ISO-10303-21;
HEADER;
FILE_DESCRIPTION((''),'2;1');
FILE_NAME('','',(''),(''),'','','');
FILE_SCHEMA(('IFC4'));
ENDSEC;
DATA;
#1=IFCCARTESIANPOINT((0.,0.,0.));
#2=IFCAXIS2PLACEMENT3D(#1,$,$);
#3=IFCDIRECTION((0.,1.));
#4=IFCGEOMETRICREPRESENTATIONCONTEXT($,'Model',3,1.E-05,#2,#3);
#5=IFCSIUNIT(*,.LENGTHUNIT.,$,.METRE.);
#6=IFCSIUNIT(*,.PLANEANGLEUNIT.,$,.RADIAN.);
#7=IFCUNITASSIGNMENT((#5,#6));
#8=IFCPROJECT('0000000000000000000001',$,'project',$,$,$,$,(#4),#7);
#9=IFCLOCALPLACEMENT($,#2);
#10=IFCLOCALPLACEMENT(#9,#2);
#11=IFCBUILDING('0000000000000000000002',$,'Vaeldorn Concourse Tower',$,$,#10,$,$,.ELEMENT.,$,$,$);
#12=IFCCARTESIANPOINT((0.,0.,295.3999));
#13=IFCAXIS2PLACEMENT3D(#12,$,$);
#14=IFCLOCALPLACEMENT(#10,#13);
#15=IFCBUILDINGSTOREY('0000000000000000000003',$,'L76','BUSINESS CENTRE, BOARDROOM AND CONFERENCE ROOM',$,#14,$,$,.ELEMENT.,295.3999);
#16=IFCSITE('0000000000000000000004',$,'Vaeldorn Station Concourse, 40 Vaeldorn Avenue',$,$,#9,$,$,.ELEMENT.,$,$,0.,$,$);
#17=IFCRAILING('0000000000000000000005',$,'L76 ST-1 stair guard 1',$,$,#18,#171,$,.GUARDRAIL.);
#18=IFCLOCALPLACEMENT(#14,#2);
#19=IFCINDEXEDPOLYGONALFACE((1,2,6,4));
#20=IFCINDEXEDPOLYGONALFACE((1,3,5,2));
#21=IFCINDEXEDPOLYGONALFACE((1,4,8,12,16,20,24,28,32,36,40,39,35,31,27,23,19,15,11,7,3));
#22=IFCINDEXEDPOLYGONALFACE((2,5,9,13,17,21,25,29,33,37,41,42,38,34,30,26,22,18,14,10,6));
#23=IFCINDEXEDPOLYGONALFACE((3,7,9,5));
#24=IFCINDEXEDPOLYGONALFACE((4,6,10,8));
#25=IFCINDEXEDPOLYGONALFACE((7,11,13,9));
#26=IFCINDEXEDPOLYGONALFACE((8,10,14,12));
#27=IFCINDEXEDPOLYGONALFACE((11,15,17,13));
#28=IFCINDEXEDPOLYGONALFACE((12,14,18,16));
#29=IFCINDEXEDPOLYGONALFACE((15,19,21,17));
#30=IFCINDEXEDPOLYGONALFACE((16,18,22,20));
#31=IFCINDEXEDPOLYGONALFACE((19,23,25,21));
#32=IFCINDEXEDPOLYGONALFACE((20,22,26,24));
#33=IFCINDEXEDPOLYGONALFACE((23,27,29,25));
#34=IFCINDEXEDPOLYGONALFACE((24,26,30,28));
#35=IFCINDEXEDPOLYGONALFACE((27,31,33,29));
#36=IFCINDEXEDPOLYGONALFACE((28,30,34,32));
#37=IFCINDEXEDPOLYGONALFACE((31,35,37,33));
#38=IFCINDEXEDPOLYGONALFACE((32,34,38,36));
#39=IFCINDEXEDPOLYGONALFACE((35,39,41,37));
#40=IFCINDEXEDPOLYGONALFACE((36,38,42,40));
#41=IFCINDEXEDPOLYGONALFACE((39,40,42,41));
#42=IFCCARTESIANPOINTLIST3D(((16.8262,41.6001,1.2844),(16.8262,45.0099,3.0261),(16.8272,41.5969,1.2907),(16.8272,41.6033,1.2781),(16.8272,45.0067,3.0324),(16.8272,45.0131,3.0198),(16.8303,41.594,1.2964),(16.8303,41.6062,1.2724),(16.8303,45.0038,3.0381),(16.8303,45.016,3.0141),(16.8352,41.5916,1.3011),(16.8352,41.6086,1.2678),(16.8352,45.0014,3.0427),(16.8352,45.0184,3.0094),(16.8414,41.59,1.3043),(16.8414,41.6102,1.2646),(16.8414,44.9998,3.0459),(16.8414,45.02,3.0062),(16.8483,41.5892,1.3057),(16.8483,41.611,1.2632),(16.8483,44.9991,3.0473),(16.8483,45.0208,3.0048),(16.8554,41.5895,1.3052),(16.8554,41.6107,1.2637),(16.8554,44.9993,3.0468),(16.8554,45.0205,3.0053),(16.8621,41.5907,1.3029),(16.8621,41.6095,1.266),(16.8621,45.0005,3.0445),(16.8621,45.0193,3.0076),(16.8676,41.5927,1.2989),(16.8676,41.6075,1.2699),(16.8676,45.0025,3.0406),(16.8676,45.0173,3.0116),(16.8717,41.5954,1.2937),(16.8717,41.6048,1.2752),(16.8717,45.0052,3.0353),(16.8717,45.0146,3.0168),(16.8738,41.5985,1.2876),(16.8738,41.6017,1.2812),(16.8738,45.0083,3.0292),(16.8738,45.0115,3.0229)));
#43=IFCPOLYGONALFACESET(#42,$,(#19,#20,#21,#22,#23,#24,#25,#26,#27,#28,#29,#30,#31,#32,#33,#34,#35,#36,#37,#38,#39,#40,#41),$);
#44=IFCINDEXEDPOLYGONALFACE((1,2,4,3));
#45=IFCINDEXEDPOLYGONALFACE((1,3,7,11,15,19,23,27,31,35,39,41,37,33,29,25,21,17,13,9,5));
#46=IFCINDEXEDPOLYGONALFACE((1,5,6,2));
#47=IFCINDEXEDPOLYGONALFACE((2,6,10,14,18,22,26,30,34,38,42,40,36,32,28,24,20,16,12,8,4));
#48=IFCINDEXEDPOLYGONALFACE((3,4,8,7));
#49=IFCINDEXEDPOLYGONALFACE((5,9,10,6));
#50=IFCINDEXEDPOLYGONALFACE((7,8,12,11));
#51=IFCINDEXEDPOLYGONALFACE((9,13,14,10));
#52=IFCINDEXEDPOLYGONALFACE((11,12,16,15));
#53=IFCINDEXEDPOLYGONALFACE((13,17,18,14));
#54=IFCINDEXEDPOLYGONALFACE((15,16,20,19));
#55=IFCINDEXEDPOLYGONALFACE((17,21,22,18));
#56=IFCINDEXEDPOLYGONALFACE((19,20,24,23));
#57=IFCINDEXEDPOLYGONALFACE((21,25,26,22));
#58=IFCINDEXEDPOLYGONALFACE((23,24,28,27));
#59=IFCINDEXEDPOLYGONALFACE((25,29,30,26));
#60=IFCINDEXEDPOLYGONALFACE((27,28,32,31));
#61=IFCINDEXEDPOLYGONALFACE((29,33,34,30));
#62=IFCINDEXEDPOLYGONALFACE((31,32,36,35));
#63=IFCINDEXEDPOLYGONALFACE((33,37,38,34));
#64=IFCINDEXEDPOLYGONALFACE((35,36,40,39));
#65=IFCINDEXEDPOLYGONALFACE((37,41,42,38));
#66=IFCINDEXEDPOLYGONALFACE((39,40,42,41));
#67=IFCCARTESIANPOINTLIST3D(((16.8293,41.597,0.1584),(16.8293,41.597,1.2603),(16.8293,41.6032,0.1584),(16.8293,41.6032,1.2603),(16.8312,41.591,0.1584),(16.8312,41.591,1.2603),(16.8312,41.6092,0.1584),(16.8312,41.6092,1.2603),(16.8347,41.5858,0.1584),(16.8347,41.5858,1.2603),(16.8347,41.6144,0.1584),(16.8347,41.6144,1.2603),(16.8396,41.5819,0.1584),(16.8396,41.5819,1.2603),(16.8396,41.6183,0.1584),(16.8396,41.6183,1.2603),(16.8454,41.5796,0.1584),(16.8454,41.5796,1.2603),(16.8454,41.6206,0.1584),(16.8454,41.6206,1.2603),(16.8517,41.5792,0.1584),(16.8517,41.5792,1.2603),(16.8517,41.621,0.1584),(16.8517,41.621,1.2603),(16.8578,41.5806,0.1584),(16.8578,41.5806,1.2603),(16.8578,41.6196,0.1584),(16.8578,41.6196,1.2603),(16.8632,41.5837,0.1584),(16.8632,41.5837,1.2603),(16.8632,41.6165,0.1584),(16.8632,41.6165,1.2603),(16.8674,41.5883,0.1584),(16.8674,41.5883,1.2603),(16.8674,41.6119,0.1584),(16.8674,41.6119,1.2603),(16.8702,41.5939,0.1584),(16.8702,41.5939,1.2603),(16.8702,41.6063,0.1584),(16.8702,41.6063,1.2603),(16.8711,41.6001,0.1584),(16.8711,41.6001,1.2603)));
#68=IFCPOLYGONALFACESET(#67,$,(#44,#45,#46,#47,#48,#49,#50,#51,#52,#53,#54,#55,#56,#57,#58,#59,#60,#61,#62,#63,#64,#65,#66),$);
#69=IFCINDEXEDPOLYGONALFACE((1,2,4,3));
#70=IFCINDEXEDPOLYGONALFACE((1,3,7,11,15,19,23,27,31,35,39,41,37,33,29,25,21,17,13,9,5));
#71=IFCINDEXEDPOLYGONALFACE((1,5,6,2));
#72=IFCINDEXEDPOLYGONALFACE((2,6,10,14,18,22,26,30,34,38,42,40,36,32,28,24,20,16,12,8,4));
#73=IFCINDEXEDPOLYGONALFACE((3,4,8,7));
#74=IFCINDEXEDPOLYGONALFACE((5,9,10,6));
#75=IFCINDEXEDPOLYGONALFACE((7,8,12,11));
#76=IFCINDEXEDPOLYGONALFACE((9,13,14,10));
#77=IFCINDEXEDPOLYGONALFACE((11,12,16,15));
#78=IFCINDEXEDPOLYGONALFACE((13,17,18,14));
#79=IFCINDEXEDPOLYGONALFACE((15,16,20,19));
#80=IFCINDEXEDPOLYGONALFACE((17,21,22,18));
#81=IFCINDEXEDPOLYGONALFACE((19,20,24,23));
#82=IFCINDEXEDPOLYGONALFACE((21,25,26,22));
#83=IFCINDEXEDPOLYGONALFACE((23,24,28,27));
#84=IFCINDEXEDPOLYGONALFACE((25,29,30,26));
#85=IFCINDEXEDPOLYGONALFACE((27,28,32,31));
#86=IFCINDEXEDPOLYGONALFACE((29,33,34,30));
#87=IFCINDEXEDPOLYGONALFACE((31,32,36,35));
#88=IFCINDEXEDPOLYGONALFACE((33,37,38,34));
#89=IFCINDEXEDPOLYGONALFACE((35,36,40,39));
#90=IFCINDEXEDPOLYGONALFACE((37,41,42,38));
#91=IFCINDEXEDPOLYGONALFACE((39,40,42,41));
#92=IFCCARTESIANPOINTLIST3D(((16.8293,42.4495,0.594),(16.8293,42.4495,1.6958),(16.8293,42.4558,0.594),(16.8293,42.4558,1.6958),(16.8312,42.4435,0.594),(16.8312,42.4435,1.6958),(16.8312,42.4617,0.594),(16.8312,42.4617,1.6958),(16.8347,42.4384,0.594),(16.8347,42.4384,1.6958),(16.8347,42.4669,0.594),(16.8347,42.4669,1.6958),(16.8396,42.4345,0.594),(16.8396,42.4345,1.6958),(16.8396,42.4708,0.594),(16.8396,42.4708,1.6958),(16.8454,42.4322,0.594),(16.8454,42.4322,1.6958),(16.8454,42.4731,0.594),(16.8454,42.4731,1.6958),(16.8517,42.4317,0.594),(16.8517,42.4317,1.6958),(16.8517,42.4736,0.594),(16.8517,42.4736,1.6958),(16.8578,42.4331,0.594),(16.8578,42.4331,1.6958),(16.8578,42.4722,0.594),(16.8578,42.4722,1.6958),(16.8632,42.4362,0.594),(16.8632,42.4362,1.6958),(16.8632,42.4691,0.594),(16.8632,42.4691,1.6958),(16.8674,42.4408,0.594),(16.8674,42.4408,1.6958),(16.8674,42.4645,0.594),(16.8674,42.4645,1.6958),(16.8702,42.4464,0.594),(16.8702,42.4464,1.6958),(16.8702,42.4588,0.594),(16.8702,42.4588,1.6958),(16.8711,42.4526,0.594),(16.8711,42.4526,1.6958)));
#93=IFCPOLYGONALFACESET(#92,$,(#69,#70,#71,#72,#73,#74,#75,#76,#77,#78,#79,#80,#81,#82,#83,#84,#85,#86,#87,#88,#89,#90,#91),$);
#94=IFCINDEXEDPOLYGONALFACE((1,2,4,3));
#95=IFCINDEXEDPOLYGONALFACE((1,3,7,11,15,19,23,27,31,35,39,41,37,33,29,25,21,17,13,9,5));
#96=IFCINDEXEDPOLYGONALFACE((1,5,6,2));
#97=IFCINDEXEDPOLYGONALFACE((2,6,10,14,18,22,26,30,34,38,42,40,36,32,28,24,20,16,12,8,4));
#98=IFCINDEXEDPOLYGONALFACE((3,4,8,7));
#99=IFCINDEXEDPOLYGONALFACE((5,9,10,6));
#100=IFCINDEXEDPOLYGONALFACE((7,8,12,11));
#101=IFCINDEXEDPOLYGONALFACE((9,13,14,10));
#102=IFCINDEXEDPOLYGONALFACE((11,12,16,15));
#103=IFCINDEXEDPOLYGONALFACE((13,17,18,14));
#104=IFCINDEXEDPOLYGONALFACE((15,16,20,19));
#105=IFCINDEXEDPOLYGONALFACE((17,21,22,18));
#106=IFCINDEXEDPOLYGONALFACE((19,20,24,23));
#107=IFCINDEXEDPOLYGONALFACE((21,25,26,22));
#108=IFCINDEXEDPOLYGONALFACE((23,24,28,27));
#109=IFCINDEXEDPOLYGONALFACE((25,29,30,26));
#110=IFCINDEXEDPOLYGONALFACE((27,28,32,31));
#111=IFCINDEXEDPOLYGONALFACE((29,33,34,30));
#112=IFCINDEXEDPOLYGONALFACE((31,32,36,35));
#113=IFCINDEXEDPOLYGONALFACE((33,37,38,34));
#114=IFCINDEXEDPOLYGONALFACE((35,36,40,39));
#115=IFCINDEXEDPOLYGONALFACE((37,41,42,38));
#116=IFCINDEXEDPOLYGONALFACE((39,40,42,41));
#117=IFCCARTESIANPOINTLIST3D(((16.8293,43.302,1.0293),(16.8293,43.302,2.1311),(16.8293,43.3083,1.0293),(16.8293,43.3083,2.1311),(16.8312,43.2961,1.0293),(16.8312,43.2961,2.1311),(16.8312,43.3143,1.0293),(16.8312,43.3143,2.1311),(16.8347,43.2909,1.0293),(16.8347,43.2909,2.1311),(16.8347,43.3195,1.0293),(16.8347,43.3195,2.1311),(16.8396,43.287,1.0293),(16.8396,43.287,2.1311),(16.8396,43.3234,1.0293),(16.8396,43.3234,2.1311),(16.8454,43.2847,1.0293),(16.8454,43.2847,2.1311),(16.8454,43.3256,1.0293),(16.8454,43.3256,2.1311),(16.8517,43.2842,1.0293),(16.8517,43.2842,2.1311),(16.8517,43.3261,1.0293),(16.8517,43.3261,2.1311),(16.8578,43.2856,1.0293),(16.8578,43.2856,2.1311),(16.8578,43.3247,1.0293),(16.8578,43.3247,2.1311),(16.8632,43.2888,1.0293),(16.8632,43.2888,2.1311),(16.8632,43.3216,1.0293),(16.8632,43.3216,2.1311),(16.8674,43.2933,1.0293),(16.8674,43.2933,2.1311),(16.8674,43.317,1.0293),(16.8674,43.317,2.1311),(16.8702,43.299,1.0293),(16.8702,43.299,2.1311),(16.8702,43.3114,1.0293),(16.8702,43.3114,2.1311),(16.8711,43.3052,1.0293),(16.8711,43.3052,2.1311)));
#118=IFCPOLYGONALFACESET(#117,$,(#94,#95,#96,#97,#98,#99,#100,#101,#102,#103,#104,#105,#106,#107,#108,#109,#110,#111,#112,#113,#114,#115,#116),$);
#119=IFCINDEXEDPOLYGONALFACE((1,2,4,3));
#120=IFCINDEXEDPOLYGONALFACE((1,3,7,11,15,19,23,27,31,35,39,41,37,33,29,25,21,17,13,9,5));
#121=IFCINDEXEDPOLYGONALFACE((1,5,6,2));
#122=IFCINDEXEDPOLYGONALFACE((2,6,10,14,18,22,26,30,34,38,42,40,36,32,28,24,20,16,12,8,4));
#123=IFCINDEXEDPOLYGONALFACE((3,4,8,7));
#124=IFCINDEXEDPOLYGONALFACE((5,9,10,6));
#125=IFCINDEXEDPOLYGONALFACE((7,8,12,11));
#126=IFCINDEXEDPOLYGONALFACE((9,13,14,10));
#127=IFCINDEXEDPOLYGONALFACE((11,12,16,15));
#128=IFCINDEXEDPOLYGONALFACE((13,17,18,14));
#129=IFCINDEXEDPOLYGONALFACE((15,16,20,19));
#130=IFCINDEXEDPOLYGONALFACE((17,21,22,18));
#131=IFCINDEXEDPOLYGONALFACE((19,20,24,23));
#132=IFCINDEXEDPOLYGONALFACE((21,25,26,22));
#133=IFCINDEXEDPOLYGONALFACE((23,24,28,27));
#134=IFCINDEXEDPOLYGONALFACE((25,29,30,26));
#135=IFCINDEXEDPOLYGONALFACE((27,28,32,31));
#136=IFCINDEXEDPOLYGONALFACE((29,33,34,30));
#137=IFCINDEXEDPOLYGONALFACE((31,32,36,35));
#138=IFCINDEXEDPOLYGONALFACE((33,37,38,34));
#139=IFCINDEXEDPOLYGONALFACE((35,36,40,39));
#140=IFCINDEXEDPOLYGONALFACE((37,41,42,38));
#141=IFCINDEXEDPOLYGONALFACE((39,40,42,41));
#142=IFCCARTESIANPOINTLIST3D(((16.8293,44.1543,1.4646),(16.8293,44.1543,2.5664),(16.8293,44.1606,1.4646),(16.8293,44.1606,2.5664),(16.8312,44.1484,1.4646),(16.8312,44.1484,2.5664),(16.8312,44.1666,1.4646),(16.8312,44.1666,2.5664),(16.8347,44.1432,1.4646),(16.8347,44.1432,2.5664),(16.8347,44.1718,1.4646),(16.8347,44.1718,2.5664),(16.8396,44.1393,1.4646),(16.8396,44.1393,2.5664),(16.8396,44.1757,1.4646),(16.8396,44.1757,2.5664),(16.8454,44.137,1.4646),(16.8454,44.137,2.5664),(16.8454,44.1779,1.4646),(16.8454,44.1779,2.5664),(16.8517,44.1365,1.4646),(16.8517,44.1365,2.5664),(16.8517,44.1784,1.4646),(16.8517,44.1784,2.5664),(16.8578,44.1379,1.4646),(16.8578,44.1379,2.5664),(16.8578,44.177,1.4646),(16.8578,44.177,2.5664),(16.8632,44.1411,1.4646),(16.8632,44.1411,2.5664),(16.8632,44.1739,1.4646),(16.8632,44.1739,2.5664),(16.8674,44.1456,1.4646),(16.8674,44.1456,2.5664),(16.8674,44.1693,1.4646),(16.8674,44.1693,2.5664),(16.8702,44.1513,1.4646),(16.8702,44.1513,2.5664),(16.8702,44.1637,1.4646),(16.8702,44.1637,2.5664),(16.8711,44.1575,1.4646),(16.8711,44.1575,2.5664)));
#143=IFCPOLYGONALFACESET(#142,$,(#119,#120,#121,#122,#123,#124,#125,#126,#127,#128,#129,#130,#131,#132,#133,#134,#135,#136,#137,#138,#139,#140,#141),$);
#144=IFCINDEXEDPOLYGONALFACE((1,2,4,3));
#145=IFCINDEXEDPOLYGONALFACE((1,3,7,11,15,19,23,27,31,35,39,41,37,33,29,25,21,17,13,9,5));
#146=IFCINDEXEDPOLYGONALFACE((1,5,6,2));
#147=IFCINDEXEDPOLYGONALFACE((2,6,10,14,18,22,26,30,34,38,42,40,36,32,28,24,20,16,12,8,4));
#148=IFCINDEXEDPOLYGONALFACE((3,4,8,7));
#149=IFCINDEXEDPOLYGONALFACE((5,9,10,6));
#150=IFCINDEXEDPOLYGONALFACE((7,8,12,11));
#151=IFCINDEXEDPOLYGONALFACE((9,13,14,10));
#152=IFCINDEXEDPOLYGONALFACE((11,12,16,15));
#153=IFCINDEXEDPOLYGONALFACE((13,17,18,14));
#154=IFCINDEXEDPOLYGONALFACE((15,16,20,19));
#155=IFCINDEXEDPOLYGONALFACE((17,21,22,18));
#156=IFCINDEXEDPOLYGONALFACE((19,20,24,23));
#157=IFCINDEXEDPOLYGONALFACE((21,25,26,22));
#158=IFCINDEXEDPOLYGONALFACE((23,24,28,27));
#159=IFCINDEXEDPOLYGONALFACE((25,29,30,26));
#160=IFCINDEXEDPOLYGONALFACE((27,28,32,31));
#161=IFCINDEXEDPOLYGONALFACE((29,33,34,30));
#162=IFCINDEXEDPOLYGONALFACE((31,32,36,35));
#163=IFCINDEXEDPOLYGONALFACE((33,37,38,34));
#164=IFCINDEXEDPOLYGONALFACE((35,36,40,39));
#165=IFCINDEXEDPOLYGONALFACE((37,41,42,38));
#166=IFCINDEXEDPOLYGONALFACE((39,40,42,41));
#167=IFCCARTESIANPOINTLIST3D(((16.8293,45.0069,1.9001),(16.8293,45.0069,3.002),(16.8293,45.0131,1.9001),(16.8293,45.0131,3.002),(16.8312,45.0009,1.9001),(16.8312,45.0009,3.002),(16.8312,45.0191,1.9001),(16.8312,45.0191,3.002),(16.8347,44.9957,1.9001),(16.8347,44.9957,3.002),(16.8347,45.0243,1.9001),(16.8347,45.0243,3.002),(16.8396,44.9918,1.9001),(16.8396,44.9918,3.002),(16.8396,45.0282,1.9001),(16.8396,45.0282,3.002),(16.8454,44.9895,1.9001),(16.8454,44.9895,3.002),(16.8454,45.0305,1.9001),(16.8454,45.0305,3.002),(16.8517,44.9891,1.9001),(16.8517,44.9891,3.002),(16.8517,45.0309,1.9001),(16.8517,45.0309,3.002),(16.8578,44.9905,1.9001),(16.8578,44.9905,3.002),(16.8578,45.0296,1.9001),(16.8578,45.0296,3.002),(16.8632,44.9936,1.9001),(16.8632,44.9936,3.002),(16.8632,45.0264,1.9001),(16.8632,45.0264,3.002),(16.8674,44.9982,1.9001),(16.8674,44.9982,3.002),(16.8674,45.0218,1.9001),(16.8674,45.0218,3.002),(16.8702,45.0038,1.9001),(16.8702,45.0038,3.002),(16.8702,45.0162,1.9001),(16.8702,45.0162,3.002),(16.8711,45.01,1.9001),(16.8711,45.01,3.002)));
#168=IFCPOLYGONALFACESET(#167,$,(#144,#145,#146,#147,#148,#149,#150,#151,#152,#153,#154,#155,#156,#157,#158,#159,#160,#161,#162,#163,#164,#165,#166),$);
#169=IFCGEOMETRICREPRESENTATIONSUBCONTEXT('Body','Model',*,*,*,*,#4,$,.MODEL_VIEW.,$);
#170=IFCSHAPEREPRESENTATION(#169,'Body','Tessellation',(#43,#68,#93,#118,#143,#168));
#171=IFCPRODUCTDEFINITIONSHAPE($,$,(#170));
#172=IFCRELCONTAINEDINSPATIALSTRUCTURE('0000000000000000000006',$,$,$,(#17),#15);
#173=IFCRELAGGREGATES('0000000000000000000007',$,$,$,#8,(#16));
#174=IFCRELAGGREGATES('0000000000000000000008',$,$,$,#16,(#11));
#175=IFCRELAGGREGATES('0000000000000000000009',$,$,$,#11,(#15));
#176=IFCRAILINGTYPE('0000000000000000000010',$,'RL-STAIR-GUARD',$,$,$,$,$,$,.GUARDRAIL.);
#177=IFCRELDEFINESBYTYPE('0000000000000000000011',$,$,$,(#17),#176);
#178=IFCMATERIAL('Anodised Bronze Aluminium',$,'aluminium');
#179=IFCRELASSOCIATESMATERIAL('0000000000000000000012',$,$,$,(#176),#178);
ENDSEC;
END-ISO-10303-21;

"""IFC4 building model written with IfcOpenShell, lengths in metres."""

from ifc_helpers import new_model, si_unit, direction, frame, origin, origin_2d, place, context, subcontext, project, spatial, circle, extrude, material, type_object, element, save


model = new_model("IFC4")

# Units and contexts
model_context = context("Model", 3, precision=1e-05, world=origin(), true_north=direction((0.0, 1.0)))
body_context = subcontext(model_context, "Body", "Model", "MODEL_VIEW")
ifc_project = project(units=[si_unit("LENGTHUNIT", "METRE"), si_unit("PLANEANGLEUNIT", "RADIAN")], contexts=[model_context])

# Site, building, storey
site_placement = place(None, origin())
site = spatial("IfcSite", under=ifc_project, at=site_placement, Name="Vaeldorn Station Concourse, 40 Vaeldorn Avenue", CompositionType="ELEMENT", RefElevation=0.0)
building_placement = place(site_placement, origin())
building = spatial("IfcBuilding", under=site, at=building_placement, Name="Vaeldorn Concourse Tower", CompositionType="ELEMENT")
storey_placement = place(building_placement, frame((0.0, 0.0, 295.3999)))
storey = spatial("IfcBuildingStorey", under=building, at=storey_placement, Name="L76", Description="BUSINESS CENTRE, BOARDROOM AND CONFERENCE ROOM", CompositionType="ELEMENT", Elevation=295.3999)

# Shared definitions
ifc_material_1 = material(Name="Anodised Bronze Aluminium", Category="aluminium")

# Railing
railing_type_1 = type_object("IfcRailingType", Name="RL-STAIR-GUARD", PredefinedType="GUARDRAIL", material=ifc_material_1)
railing_1_placement = place(storey_placement, frame((16.8501, 41.6001, 0.1584)))
element("IfcRailing", 1, at=railing_1_placement, inside=storey, type_object=railing_type_1, Name="L76 ST-1 stair guard 1", PredefinedType="GUARDRAIL", context=body_context, shape_type="SweptSolid", body=[
    extrude(circle(Radius=0.0239, at=origin_2d()), frame((0.0, 0.0, 1.126), z_axis=(0.0, 0.890556, 0.454874), x_axis=(-1.0, 0.0, 0.0)), (0.0, 0.0, 1.0), 3.8289),
    extrude(circle(Radius=0.021, at=origin_2d()), origin(), (0.0, 0.0, 1.0), 1.1018),
    extrude(circle(Radius=0.021, at=origin_2d()), frame((0.0, 0.8525, 0.4355)), (0.0, 0.0, 1.0), 1.1018),
    extrude(circle(Radius=0.021, at=origin_2d()), frame((0.0, 1.7051, 0.8708)), (0.0, 0.0, 1.0), 1.1018),
    extrude(circle(Radius=0.021, at=origin_2d()), frame((0.0, 2.5574, 1.3062)), (0.0, 0.0, 1.0), 1.1018),
    extrude(circle(Radius=0.021, at=origin_2d()), frame((0.0, 3.4099, 1.7417)), (0.0, 0.0, 1.0), 1.1018),
])

save(model, "model.ifc")
